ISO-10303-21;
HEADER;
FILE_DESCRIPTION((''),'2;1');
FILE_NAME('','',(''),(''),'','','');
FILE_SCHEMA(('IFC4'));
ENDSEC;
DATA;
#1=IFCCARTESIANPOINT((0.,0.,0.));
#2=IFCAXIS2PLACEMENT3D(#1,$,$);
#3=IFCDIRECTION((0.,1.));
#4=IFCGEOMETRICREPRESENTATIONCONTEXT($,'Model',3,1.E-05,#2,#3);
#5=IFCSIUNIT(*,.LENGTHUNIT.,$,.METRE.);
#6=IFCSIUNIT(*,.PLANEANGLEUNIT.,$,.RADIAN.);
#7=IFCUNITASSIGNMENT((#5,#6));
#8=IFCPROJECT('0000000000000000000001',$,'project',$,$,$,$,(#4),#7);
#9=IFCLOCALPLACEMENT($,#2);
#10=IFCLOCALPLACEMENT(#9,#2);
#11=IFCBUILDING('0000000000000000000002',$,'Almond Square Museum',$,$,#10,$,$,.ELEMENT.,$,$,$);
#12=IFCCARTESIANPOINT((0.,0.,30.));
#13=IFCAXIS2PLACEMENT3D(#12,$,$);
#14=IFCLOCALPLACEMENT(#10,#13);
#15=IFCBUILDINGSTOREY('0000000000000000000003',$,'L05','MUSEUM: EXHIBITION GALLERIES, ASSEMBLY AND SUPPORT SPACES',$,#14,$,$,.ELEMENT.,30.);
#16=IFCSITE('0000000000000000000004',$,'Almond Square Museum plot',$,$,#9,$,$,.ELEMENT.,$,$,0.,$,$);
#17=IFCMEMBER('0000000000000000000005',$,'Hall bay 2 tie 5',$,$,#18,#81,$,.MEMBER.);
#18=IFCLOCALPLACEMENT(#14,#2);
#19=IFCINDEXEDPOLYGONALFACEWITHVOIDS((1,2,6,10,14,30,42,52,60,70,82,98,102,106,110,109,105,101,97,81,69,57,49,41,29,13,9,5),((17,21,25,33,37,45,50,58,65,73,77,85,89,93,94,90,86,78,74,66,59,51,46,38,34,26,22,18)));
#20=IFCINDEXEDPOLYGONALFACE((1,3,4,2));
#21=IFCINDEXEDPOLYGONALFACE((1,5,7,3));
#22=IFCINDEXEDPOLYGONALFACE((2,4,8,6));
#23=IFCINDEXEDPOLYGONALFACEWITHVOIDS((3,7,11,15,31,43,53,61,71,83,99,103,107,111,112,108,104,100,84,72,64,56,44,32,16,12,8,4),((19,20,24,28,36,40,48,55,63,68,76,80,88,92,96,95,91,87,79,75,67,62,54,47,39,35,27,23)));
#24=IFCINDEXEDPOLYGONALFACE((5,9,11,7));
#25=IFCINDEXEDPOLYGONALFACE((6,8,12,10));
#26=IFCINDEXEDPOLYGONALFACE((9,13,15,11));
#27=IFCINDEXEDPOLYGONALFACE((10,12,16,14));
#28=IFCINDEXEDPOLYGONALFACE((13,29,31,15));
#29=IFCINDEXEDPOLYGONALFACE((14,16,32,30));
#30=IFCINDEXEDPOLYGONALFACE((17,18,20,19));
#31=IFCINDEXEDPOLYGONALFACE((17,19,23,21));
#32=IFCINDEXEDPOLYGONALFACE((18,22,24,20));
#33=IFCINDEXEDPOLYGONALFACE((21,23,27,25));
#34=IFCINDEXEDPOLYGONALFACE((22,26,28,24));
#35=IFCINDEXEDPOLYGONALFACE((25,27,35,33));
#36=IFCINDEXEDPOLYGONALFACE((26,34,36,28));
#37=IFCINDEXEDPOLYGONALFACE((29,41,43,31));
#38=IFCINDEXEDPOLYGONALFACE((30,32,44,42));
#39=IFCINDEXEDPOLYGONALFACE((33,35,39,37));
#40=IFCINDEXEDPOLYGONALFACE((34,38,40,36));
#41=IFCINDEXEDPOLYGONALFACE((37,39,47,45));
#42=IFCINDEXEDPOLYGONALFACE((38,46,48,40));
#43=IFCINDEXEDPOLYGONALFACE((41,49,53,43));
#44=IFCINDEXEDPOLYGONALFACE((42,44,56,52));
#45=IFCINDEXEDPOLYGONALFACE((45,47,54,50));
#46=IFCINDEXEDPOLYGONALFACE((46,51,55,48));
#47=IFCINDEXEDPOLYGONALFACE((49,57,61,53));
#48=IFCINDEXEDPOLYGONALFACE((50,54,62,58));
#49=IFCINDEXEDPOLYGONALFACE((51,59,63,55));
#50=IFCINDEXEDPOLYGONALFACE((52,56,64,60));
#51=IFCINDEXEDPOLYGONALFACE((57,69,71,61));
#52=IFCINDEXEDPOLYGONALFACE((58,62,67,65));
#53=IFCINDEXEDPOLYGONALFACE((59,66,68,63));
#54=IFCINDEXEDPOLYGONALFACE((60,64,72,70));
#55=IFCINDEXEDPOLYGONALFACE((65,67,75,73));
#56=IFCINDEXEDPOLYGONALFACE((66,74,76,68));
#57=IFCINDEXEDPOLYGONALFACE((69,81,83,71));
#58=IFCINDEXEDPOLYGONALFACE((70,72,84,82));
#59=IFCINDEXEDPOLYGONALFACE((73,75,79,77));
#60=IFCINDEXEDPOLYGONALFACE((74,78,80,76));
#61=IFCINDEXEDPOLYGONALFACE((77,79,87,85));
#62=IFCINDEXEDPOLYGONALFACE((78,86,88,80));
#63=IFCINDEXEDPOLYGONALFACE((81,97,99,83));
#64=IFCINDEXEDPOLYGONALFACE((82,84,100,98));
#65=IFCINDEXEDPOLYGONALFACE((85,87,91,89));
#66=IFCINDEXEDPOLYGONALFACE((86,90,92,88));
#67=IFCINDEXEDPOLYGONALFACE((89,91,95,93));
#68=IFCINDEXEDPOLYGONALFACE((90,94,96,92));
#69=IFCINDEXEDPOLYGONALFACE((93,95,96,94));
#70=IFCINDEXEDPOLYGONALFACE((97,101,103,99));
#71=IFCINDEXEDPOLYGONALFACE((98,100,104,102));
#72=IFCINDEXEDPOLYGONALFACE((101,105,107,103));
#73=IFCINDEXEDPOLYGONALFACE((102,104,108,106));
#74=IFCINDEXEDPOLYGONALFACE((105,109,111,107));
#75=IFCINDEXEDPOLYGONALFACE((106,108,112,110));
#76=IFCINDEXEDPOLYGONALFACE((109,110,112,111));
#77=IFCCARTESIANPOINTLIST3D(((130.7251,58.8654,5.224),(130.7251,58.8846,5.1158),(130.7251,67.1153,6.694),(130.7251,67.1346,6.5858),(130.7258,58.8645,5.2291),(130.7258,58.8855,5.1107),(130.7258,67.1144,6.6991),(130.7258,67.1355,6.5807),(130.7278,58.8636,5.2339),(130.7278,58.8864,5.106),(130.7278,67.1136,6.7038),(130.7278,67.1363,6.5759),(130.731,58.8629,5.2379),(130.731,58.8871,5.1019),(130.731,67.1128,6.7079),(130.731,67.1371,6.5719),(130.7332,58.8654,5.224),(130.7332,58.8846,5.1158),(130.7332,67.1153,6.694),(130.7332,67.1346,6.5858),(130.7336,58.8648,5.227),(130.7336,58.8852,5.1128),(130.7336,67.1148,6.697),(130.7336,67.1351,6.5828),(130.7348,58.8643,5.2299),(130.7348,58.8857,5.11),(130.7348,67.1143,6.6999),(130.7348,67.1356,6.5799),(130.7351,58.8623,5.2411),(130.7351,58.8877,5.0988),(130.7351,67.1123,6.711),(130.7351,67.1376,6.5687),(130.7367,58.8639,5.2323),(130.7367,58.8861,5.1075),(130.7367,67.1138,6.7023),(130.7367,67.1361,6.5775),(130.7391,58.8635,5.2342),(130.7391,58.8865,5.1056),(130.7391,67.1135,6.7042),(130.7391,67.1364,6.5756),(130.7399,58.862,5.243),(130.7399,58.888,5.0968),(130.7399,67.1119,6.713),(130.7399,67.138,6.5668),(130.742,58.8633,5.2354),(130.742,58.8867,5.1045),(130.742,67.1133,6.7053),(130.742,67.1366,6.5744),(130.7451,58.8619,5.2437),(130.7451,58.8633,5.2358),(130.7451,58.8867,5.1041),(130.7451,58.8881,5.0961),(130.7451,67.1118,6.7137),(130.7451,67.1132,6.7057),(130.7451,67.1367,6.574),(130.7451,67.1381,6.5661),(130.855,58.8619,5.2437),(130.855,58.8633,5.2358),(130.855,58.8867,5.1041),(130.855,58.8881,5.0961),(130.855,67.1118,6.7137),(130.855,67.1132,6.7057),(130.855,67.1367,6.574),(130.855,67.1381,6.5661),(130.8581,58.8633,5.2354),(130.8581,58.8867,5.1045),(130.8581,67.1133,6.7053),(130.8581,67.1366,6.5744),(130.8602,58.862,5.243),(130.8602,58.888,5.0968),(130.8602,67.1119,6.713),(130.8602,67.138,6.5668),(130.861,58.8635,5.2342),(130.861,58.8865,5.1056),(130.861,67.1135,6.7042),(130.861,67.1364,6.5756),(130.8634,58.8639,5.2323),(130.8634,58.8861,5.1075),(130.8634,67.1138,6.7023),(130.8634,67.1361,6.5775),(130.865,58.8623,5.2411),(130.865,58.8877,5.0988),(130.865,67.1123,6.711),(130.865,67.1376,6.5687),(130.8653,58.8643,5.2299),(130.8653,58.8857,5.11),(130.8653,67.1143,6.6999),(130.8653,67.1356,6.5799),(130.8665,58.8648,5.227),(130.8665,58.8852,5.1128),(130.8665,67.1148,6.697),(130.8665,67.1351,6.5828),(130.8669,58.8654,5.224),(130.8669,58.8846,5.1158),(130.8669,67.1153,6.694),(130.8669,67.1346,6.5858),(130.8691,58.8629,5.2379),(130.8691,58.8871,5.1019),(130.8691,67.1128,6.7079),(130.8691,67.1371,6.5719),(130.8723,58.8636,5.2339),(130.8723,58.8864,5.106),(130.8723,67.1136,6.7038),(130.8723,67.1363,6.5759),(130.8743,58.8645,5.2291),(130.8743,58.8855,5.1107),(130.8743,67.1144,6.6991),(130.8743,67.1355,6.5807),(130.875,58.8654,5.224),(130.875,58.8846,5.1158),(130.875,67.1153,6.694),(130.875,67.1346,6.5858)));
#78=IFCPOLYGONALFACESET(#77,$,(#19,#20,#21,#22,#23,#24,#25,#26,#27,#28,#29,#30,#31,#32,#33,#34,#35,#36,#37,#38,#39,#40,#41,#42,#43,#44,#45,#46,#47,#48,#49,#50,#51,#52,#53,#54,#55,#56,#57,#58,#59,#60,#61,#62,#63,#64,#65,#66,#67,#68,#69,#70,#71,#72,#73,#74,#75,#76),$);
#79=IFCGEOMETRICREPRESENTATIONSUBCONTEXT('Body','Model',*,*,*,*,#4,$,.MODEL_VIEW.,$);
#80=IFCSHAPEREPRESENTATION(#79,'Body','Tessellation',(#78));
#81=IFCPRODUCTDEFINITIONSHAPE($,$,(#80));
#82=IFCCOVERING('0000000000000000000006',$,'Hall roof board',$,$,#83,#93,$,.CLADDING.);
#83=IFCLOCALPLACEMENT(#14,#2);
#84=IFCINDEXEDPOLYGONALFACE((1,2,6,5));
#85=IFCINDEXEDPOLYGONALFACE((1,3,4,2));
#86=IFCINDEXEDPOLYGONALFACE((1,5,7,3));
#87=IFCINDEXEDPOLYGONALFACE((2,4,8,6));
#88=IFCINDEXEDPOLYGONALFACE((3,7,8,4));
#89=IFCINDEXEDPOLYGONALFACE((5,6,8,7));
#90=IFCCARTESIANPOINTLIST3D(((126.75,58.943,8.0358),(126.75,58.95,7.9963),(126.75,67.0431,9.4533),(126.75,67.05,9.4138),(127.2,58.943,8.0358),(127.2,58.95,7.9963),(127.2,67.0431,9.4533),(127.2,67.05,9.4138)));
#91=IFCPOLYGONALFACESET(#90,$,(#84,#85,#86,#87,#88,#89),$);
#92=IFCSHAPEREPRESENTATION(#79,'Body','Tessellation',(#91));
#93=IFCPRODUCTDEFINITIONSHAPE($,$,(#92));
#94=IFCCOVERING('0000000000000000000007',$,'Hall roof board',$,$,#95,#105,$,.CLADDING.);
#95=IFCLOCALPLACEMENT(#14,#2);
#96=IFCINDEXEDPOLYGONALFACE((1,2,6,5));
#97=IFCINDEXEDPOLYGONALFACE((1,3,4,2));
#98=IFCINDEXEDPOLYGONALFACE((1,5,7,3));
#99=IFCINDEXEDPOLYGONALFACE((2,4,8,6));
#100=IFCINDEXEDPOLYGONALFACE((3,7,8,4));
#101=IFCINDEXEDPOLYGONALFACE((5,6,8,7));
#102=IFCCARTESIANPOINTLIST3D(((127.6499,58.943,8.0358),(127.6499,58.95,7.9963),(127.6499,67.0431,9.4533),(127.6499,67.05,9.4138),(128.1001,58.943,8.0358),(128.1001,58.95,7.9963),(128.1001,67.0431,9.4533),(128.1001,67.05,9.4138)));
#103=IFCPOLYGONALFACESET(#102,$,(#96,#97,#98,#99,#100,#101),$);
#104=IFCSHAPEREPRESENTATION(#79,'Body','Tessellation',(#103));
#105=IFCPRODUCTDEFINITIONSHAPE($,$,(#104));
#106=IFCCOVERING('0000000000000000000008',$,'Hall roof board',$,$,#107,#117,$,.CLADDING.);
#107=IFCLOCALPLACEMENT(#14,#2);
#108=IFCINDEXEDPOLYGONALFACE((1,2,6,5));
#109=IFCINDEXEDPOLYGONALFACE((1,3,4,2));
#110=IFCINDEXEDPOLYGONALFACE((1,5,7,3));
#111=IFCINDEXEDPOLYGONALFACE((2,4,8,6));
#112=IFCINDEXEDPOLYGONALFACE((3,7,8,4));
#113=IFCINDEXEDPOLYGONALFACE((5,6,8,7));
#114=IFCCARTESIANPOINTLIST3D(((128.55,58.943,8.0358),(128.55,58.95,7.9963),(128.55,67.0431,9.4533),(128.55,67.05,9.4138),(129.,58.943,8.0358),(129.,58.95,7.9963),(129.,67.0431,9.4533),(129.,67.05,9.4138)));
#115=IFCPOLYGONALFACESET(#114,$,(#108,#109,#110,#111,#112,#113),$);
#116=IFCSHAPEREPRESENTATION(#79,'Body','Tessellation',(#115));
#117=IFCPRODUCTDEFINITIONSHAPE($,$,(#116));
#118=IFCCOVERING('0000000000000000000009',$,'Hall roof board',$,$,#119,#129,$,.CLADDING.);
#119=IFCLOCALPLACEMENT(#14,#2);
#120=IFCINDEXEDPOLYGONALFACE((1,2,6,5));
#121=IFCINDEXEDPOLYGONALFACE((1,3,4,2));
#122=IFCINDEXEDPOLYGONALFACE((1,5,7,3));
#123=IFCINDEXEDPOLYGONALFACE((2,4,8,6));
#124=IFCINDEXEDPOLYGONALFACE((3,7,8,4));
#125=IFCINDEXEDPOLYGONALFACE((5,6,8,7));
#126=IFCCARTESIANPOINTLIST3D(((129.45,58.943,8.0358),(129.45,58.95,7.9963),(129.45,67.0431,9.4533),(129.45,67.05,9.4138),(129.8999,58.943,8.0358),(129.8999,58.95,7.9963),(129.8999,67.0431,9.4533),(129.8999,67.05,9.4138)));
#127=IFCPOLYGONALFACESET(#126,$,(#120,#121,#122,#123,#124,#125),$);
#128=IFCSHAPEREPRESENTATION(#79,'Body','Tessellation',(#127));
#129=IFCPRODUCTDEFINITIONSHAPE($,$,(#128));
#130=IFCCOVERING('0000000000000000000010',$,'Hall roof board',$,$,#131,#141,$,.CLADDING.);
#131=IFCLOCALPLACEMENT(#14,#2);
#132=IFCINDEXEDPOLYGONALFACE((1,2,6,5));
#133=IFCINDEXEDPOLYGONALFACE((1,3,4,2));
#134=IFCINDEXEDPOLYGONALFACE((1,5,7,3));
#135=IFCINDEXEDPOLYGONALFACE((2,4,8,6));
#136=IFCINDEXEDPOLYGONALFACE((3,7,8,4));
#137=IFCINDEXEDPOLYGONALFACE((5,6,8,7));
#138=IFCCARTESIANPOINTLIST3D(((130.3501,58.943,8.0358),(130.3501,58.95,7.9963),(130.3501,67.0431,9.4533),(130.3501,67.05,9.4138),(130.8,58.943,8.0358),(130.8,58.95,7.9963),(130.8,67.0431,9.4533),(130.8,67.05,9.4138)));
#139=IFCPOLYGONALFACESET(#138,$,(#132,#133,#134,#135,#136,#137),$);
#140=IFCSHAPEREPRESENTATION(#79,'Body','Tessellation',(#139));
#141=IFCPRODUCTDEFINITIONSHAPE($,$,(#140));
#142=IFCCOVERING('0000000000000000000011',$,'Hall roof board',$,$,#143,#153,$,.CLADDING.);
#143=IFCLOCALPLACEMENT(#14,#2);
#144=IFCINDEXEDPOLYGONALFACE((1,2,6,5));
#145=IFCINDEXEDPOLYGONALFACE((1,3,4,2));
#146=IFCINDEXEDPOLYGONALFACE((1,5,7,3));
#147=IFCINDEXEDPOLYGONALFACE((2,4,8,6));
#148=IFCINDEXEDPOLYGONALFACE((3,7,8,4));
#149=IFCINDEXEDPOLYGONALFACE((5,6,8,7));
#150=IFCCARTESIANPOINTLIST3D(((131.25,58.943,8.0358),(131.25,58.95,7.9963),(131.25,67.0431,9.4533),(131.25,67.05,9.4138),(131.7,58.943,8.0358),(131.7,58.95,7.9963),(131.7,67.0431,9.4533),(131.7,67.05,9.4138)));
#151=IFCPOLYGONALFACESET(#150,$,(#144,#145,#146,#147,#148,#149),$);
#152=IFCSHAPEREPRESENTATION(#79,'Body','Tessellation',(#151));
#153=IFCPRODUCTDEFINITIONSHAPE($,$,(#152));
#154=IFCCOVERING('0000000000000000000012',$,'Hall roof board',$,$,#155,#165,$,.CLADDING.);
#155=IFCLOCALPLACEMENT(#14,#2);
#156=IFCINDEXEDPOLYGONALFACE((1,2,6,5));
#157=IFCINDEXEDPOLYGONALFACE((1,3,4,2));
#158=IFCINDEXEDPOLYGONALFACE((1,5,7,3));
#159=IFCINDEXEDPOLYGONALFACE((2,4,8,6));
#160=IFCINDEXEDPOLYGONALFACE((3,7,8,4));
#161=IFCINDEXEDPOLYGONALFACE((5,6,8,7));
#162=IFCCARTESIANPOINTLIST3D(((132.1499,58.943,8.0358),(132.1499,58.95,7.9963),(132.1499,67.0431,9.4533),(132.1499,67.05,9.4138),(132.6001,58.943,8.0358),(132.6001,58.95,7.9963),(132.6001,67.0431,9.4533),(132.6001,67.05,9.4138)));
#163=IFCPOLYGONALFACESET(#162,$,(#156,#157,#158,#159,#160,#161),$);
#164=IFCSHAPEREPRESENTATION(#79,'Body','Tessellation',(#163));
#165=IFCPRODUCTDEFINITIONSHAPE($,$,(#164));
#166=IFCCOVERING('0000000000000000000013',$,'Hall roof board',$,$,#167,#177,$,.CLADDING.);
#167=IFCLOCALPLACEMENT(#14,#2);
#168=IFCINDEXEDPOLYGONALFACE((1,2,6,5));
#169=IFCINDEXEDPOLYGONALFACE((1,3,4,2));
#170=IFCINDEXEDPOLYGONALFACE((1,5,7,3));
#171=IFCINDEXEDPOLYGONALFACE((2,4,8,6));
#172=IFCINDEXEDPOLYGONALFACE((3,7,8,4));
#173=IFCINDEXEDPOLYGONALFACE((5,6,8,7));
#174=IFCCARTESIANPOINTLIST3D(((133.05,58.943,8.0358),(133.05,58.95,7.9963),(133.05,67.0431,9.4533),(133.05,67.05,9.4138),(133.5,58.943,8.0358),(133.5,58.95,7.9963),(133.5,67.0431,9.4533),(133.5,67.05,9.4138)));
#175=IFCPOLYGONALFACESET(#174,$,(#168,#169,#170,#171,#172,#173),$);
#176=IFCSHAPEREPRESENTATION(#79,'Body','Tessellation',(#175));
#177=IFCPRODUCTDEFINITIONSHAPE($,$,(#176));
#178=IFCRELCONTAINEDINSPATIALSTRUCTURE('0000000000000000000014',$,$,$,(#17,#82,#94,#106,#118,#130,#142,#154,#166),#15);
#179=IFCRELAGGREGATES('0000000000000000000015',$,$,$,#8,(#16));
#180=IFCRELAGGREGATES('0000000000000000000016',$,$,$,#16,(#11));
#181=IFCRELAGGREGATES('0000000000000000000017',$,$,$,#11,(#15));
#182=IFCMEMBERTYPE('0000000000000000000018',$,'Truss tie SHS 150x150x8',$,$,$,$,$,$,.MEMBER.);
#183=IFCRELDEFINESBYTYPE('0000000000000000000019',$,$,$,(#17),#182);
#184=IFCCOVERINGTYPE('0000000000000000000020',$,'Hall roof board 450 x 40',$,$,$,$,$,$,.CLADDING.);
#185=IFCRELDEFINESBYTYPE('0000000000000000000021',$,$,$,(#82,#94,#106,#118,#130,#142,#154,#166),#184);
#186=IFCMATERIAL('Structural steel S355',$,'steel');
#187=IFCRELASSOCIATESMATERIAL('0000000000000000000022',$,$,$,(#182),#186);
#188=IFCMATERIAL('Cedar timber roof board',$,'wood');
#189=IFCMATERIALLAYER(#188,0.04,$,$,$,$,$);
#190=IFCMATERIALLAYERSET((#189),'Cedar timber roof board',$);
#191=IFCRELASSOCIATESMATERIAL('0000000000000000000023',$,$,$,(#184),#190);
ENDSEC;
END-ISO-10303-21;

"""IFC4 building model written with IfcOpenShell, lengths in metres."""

from ifc_helpers import new_model, si_unit, direction, frame, origin, origin_2d, place, context, subcontext, project, spatial, polyline, hollow_rectangle, outline, extrude, material, layer, layer_set, material_profile, profile_set, type_object, element, save


model = new_model("IFC4")

# Units and contexts
model_context = context("Model", 3, precision=1e-05, world=origin(), true_north=direction((0.0, 1.0)))
body_context = subcontext(model_context, "Body", "Model", "MODEL_VIEW")
ifc_project = project(units=[si_unit("LENGTHUNIT", "METRE"), si_unit("PLANEANGLEUNIT", "RADIAN")], contexts=[model_context])

# Site, building, storey
site_placement = place(None, origin())
site = spatial("IfcSite", under=ifc_project, at=site_placement, Name="Almond Square Museum plot", CompositionType="ELEMENT", RefElevation=0.0)
building_placement = place(site_placement, origin())
building = spatial("IfcBuilding", under=site, at=building_placement, Name="Almond Square Museum", CompositionType="ELEMENT")
storey_placement = place(building_placement, frame((0.0, 0.0, 30.0)))
storey = spatial("IfcBuildingStorey", under=building, at=storey_placement, Name="L05", Description="MUSEUM: EXHIBITION GALLERIES, ASSEMBLY AND SUPPORT SPACES", CompositionType="ELEMENT", Elevation=30.0)

# Member
ifc_material_1 = material(Name="Structural steel S355", Category="steel")
ifc_material_profile_1 = material_profile(ifc_material_1, hollow_rectangle(XDim=0.1499, YDim=0.1499, WallThickness=0.0081, InnerFilletRadius=0.012, OuterFilletRadius=0.02, at=origin_2d()))
ifc_profile_set_1 = profile_set([ifc_material_profile_1], Name="Structural steel S355")
member_type_1 = type_object("IfcMemberType", Name="Truss tie SHS 150x150x8", PredefinedType="MEMBER", material=ifc_profile_set_1)
member_placement = place(storey_placement, frame((130.8, 58.875, 5.1699), z_axis=(0.0, 0.984494, 0.175416), x_axis=(-1.0, 0.0, 0.0)))
element("IfcMember", 1, at=member_placement, inside=storey, type_object=member_type_1, Name="Hall bay 2 tie 5", PredefinedType="MEMBER", context=body_context, shape_type="SweptSolid", body=[
    extrude(hollow_rectangle(XDim=0.1499, YDim=0.1499, WallThickness=0.0081, InnerFilletRadius=0.012, OuterFilletRadius=0.02, at=origin_2d()), origin(), (0.0, 0.0, 1.0), 8.3799),
])

# Coverings
ifc_material_2 = material(Name="Cedar timber roof board", Category="wood")
ifc_layer = layer(ifc_material_2, 0.04)
ifc_layer_set = layer_set([ifc_layer], Name="Cedar timber roof board")
covering_type = type_object("IfcCoveringType", Name="Hall roof board 450 x 40", PredefinedType="CLADDING", material=ifc_layer_set)
covering_1_placement = place(storey_placement, frame((127.2, 67.05, 9.4138), z_axis=(0.0, -0.172376, 0.985031), x_axis=(-1.0, 0.0, 0.0)))
element("IfcCovering", 2, at=covering_1_placement, inside=storey, type_object=covering_type, Name="Hall roof board", PredefinedType="CLADDING", context=body_context, shape_type="SweptSolid", body=[
    extrude(outline(polyline([(0.0, 0.0), (0.45, 0.0), (0.45, 8.2232), (0.0, 8.2232), (0.0, 0.0)])), origin(), (0.0, 0.0, 1.0), 0.04),
])
covering_2_placement = place(storey_placement, frame((128.1001, 67.05, 9.4138), z_axis=(0.0, -0.172376, 0.985031), x_axis=(-1.0, 0.0, 0.0)))
element("IfcCovering", 3, at=covering_2_placement, inside=storey, type_object=covering_type, Name="Hall roof board", PredefinedType="CLADDING", context=body_context, shape_type="SweptSolid", body=[
    extrude(outline(polyline([(0.0, 0.0), (0.4502, 0.0), (0.4502, 8.2232), (0.0, 8.2232), (0.0, 0.0)])), origin(), (0.0, 0.0, 1.0), 0.04),
])
for number, where, z_axis, x_axis, name in (
    (4, (129.0, 67.05, 9.4138), (0.0, -0.172376, 0.985031), (-1.0, 0.0, 0.0), "Hall roof board"),
    (5, (129.8999, 67.05, 9.4138), (0.0, -0.172376, 0.985031), (-1.0, 0.0, 0.0), "Hall roof board"),
    (6, (130.8, 67.05, 9.4138), (0.0, -0.172376, 0.985031), (-1.0, 0.0, 0.0), "Hall roof board"),
    (7, (131.7, 67.05, 9.4138), (0.0, -0.172376, 0.985031), (-1.0, 0.0, 0.0), "Hall roof board"),
):
    element("IfcCovering", number, at=place(storey_placement, frame(where, z_axis=z_axis, x_axis=x_axis)), inside=storey, type_object=covering_type, Name=name, PredefinedType="CLADDING", context=body_context, shape_type="SweptSolid", body=[
        extrude(outline(polyline([(0.0, 0.0), (0.45, 0.0), (0.45, 8.2232), (0.0, 8.2232), (0.0, 0.0)])), origin(), (0.0, 0.0, 1.0), 0.04),
    ])
covering_3_placement = place(storey_placement, frame((132.6001, 67.05, 9.4138), z_axis=(0.0, -0.172376, 0.985031), x_axis=(-1.0, 0.0, 0.0)))
element("IfcCovering", 8, at=covering_3_placement, inside=storey, type_object=covering_type, Name="Hall roof board", PredefinedType="CLADDING", context=body_context, shape_type="SweptSolid", body=[
    extrude(outline(polyline([(0.0, 0.0), (0.4502, 0.0), (0.4502, 8.2232), (0.0, 8.2232), (0.0, 0.0)])), origin(), (0.0, 0.0, 1.0), 0.04),
])
covering_4_placement = place(storey_placement, frame((133.5, 67.05, 9.4138), z_axis=(0.0, -0.172376, 0.985031), x_axis=(-1.0, 0.0, 0.0)))
element("IfcCovering", 9, at=covering_4_placement, inside=storey, type_object=covering_type, Name="Hall roof board", PredefinedType="CLADDING", context=body_context, shape_type="SweptSolid", body=[
    extrude(outline(polyline([(0.0, 0.0), (0.45, 0.0), (0.45, 8.2232), (0.0, 8.2232), (0.0, 0.0)])), origin(), (0.0, 0.0, 1.0), 0.04),
])

save(model, "model.ifc")
